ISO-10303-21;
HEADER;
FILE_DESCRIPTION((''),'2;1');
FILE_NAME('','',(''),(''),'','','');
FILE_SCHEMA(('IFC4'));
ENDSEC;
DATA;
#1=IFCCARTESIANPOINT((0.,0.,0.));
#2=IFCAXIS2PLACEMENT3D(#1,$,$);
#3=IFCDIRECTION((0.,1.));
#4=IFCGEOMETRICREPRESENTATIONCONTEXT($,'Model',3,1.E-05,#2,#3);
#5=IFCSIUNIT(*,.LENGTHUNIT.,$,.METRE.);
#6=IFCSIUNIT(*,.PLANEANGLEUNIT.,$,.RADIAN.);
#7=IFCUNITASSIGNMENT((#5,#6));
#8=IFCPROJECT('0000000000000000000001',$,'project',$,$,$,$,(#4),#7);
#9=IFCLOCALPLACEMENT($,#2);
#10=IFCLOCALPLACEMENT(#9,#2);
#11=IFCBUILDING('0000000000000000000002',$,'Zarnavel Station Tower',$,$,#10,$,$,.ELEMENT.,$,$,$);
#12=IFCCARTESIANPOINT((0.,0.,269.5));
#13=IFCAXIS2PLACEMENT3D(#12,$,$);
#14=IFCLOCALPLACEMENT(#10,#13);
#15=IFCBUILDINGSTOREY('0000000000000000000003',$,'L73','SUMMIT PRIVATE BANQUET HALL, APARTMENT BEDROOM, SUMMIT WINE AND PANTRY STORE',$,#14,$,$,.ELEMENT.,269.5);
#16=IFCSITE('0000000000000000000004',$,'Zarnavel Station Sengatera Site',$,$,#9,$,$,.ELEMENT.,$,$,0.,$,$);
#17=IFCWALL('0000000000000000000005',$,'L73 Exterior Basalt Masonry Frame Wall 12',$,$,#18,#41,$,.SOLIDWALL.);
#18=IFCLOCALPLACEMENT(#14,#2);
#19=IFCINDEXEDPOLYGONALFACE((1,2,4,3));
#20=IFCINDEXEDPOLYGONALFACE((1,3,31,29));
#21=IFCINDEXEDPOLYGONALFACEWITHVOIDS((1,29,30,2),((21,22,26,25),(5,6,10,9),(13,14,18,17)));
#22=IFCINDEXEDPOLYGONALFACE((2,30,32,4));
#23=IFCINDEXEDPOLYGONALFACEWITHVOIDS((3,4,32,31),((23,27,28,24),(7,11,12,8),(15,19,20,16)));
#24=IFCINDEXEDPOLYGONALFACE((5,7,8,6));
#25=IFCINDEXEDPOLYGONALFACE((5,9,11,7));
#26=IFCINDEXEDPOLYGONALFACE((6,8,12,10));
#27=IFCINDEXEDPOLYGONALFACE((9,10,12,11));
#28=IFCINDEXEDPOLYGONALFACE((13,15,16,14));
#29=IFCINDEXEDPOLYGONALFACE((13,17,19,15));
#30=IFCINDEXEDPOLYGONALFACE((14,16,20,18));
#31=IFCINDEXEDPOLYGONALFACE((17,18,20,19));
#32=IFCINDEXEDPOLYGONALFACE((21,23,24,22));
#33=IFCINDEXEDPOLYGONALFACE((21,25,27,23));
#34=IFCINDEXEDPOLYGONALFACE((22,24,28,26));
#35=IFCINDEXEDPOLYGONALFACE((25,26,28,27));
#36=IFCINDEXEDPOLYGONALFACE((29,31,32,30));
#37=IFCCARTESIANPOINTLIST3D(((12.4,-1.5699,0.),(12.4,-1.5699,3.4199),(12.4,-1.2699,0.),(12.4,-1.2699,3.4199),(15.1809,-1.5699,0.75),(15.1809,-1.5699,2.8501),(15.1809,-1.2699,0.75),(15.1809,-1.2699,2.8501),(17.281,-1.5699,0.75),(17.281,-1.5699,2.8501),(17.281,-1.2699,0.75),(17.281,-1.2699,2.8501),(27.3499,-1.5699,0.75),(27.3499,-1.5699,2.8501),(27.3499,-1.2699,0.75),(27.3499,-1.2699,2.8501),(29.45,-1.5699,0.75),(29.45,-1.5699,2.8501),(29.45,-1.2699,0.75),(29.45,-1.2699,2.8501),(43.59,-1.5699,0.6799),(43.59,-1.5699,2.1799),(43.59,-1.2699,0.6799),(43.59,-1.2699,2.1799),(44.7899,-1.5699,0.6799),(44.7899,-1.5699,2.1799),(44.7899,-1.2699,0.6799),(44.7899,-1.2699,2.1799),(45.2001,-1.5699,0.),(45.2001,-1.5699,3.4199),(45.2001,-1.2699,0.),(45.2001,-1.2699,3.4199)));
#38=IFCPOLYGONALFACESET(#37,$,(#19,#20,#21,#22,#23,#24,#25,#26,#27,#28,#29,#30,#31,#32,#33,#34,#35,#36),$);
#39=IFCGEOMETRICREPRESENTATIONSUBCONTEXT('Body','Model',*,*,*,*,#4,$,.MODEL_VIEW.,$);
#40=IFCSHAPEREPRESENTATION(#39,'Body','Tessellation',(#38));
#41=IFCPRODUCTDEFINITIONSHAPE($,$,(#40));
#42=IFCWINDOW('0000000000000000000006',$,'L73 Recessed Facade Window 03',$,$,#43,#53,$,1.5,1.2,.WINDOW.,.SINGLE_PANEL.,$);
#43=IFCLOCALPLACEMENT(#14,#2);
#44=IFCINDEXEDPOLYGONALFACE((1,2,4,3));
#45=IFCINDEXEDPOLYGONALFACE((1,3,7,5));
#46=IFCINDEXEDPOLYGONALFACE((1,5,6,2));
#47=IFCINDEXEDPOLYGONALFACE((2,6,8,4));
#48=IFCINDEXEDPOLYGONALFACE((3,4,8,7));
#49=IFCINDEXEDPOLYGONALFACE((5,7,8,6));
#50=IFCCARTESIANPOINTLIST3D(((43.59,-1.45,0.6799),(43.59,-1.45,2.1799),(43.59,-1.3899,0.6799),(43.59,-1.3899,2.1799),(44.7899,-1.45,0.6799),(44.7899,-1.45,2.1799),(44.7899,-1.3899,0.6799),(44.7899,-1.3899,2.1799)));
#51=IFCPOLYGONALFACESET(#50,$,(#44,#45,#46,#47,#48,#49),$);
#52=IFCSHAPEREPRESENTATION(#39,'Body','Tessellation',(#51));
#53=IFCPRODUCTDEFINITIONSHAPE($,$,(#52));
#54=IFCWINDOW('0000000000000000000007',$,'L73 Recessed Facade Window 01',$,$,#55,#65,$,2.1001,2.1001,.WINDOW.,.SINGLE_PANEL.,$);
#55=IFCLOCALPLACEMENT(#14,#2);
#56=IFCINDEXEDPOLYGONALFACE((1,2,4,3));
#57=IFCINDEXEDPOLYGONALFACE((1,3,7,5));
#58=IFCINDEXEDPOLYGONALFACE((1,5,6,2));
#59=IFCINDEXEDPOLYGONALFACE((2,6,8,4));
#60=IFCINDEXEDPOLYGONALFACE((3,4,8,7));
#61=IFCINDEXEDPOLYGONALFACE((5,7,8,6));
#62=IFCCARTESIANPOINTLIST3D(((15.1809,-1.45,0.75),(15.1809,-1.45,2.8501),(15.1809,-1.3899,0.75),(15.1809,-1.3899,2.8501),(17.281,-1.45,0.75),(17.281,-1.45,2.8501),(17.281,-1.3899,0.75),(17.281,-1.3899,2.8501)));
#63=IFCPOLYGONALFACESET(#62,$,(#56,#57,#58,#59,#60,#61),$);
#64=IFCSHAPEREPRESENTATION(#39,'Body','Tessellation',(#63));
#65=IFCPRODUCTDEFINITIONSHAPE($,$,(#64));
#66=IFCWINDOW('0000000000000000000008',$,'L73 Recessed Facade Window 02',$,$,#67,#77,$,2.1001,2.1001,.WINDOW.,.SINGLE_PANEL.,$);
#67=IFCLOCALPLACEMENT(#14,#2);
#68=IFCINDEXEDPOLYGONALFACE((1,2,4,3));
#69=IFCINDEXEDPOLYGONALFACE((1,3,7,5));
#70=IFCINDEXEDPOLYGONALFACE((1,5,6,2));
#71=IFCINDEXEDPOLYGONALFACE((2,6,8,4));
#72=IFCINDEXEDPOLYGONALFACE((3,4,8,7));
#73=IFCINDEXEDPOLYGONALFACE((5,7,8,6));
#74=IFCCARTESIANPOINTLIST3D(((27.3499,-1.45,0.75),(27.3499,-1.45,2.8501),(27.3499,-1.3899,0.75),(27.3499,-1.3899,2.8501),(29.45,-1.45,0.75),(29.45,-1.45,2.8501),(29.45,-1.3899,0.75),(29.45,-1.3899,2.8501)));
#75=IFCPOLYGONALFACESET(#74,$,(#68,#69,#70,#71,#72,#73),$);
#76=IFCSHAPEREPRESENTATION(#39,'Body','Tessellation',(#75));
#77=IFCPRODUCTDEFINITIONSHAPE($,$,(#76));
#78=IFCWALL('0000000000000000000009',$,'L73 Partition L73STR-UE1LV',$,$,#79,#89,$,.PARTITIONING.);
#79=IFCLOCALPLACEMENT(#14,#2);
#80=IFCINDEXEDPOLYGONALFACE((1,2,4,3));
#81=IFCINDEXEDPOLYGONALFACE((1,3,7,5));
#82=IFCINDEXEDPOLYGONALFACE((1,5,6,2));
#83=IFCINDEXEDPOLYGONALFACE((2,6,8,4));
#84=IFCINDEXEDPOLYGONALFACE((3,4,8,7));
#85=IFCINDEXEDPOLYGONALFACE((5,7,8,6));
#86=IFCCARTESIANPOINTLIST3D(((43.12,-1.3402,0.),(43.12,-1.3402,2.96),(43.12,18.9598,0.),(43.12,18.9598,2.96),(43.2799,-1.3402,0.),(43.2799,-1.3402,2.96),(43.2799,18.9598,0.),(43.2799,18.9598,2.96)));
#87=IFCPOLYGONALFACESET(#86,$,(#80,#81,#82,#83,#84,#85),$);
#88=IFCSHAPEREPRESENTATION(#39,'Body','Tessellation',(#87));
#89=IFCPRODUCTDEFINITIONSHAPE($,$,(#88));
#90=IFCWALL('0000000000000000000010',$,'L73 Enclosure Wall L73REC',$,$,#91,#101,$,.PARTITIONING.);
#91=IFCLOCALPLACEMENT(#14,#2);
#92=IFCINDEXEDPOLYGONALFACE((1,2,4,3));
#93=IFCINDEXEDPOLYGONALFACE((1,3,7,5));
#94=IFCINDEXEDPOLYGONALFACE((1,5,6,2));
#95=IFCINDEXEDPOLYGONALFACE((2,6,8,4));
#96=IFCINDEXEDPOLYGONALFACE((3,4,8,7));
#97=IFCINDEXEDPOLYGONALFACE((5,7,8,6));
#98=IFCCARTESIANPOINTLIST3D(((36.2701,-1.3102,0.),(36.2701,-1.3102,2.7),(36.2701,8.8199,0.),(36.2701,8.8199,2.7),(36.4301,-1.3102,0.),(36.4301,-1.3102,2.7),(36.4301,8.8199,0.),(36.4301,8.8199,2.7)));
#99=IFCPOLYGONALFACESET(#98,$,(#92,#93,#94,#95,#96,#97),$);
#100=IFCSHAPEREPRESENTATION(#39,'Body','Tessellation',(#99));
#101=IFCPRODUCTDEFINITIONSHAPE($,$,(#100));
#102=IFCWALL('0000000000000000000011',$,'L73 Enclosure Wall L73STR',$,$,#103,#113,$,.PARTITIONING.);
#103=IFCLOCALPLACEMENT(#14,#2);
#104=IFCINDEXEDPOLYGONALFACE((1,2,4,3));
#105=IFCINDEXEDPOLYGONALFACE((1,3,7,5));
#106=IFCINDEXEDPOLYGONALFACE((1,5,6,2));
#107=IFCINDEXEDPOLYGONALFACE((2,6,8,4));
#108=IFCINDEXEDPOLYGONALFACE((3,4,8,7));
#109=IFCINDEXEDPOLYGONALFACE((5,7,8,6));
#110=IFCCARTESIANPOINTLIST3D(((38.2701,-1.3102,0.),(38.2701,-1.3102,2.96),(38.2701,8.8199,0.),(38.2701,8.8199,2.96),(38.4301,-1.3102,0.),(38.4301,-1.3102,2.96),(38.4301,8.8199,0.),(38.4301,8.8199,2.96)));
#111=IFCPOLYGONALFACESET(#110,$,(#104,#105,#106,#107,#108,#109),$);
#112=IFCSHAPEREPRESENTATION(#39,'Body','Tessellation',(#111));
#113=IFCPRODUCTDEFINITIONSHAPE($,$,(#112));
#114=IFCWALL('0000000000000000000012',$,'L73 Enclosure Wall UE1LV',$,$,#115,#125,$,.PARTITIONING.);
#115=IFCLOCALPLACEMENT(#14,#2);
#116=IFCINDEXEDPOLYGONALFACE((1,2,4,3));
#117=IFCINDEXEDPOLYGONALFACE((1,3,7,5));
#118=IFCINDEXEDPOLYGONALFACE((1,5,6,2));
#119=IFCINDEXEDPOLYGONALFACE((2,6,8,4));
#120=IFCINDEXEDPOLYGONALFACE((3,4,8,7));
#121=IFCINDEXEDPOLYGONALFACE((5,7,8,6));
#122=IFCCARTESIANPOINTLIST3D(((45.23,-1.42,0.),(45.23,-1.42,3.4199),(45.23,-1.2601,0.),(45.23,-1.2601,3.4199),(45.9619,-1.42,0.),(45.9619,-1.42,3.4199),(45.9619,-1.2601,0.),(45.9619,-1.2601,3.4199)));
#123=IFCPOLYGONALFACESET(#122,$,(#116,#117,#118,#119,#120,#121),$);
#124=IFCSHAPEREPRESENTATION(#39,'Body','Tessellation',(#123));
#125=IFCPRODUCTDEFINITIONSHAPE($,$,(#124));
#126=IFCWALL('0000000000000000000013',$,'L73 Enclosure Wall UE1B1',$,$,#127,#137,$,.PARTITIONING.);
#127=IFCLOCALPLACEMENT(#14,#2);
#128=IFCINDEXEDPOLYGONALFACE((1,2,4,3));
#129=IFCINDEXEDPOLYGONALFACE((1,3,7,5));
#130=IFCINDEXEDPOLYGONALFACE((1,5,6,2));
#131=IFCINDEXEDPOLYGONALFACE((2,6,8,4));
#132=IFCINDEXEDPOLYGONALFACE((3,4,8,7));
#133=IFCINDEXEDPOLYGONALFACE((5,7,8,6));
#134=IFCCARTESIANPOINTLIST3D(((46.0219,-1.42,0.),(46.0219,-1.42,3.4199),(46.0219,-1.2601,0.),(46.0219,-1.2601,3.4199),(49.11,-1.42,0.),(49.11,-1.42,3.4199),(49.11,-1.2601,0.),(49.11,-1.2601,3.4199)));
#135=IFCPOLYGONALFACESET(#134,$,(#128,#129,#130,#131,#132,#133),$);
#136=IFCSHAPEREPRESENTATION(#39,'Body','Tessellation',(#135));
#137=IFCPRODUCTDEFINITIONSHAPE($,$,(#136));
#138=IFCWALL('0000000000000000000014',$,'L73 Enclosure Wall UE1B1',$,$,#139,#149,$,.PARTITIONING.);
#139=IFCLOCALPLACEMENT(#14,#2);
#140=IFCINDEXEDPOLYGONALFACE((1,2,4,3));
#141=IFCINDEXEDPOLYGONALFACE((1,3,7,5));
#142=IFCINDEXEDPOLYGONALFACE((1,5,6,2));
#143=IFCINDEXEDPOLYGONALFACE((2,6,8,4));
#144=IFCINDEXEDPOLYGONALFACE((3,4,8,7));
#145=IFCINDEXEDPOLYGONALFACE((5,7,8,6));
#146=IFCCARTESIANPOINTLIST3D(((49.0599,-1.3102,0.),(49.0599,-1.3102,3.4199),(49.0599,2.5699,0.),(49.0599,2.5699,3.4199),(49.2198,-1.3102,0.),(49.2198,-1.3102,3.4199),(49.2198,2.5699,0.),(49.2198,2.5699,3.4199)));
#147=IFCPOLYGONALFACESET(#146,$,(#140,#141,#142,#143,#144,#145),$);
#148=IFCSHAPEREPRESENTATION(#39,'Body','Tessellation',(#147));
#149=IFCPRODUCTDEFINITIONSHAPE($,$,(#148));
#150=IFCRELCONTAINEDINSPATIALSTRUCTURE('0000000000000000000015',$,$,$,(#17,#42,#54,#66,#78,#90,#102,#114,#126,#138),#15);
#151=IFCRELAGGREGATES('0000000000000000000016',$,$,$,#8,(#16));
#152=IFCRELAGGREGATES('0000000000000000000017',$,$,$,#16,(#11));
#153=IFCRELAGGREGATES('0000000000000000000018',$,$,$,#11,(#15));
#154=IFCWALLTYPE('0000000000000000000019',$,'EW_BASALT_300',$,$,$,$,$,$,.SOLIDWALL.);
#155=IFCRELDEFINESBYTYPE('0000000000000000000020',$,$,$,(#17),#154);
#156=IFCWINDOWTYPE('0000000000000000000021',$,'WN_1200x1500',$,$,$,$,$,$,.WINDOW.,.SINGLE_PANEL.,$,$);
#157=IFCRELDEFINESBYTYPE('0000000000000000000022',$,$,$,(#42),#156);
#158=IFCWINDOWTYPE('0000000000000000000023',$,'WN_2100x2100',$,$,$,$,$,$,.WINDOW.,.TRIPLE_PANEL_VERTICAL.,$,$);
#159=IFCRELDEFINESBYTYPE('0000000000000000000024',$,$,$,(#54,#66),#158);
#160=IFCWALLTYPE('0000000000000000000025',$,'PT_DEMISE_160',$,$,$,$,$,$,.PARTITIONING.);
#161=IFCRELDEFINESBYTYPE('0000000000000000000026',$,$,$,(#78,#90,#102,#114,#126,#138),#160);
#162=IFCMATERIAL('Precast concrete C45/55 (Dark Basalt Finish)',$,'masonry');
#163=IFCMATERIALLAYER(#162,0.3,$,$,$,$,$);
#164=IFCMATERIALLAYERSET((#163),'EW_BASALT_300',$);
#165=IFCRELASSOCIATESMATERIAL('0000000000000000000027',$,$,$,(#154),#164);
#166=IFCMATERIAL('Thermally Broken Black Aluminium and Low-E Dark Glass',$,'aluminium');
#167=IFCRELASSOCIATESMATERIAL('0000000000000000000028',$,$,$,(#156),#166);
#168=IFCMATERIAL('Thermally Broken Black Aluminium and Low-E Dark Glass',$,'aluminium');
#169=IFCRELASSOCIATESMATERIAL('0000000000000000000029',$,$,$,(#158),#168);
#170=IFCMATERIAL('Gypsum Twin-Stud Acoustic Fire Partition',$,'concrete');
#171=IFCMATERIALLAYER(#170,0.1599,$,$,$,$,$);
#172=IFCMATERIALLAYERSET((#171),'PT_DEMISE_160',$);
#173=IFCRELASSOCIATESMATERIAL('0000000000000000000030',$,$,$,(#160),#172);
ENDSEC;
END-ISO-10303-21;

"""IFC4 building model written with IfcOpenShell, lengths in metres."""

from ifc_helpers import new_model, si_unit, direction, frame, frame_2d, origin, place, context, subcontext, project, spatial, rectangle, extrude, material, layer, layer_set, type_object, element, fill, save


model = new_model("IFC4")

# Units and contexts
model_context = context("Model", 3, precision=1e-05, world=origin(), true_north=direction((0.0, 1.0)))
body_context = subcontext(model_context, "Body", "Model", "MODEL_VIEW")
ifc_project = project(units=[si_unit("LENGTHUNIT", "METRE"), si_unit("PLANEANGLEUNIT", "RADIAN")], contexts=[model_context])

# Site, building, storey
site_placement = place(None, origin())
site = spatial("IfcSite", under=ifc_project, at=site_placement, Name="Zarnavel Station Sengatera Site", CompositionType="ELEMENT", RefElevation=0.0)
building_placement = place(site_placement, origin())
building = spatial("IfcBuilding", under=site, at=building_placement, Name="Zarnavel Station Tower", CompositionType="ELEMENT")
storey_placement = place(building_placement, frame((0.0, 0.0, 269.5)))
storey = spatial("IfcBuildingStorey", under=building, at=storey_placement, Name="L73", Description="SUMMIT PRIVATE BANQUET HALL, APARTMENT BEDROOM, SUMMIT WINE AND PANTRY STORE", CompositionType="ELEMENT", Elevation=269.5)

# Shared definitions
ifc_material_1 = material(Name="Precast concrete C45/55 (Dark Basalt Finish)", Category="masonry")
ifc_layer_1 = layer(ifc_material_1, 0.3)
ifc_layer_set_1 = layer_set([ifc_layer_1], Name="EW_BASALT_300")
wall_type_1 = type_object("IfcWallType", Name="EW_BASALT_300", PredefinedType="SOLIDWALL", material=ifc_layer_set_1)
ifc_material_2 = material(Name="Thermally Broken Black Aluminium and Low-E Dark Glass", Category="aluminium")
window_type_1 = type_object("IfcWindowType", Name="WN_1200x1500", PartitioningType="SINGLE_PANEL", PredefinedType="WINDOW", material=ifc_material_2)

# Wall, openings, windows
wall_1_placement = place(storey_placement, frame((45.2, -1.4199, 0.0), z_axis=(0.0, 0.0, 1.0), x_axis=(-1.0, 0.0, 0.0)))
wall_1 = element("IfcWall", 1, at=wall_1_placement, inside=storey, type_object=wall_type_1, Name="L73 Exterior Basalt Masonry Frame Wall 12", PredefinedType="SOLIDWALL", context=body_context, shape_type="SweptSolid", body=[
    extrude(rectangle(XDim=32.8, YDim=0.3, at=frame_2d((16.3999, 0.0))), origin(), (0.0, 0.0, 1.0), 3.4199),
])
opening_1_placement = place(wall_1_placement, frame((27.9189, 0.0, 0.75)))
opening_1 = element("IfcOpeningElement", 2, at=opening_1_placement, cuts=wall_1, PredefinedType="OPENING", context=body_context, shape_type="SweptSolid", body=[
    extrude(rectangle(XDim=2.1001, YDim=2.1001, at=frame_2d((1.05, 1.05))), frame((0.0, 0.1599, 0.0), z_axis=(0.0, -1.0, 0.0), x_axis=(1.0, 0.0, 0.0)), (0.0, 0.0, 1.0), 0.3201),
])
opening_2_placement = place(wall_1_placement, frame((15.75, 0.0, 0.75)))
opening_2 = element("IfcOpeningElement", 3, at=opening_2_placement, cuts=wall_1, PredefinedType="OPENING", context=body_context, shape_type="SweptSolid", body=[
    extrude(rectangle(XDim=2.1001, YDim=2.1001, at=frame_2d((1.05, 1.05))), frame((0.0, 0.1599, 0.0), z_axis=(0.0, -1.0, 0.0), x_axis=(1.0, 0.0, 0.0)), (0.0, 0.0, 1.0), 0.3201),
])
opening_3_placement = place(wall_1_placement, frame((0.4099, 0.0, 0.6799)))
opening_3 = element("IfcOpeningElement", 4, at=opening_3_placement, cuts=wall_1, PredefinedType="OPENING", context=body_context, shape_type="SweptSolid", body=[
    extrude(rectangle(XDim=1.2, YDim=1.5, at=frame_2d((0.6001, 0.75))), frame((0.0, 0.1599, 0.0), z_axis=(0.0, -1.0, 0.0), x_axis=(1.0, 0.0, 0.0)), (0.0, 0.0, 1.0), 0.3201),
])
window_1_placement = place(opening_3_placement, origin())
window_1 = element("IfcWindow", 5, at=window_1_placement, inside=storey, type_object=window_type_1, Name="L73 Recessed Facade Window 03", OverallHeight=1.5, OverallWidth=1.2, PartitioningType="SINGLE_PANEL", PredefinedType="WINDOW", context=body_context, shape_type="SweptSolid", body=[
    extrude(rectangle(XDim=1.2, YDim=1.5, at=frame_2d((0.6001, 0.75))), frame((0.0, 0.03, 0.0), z_axis=(0.0, -1.0, 0.0), x_axis=(1.0, 0.0, 0.0)), (0.0, 0.0, 1.0), 0.0601),
])
fill(opening_3, window_1)
ifc_material_3 = material(Name="Thermally Broken Black Aluminium and Low-E Dark Glass", Category="aluminium")
window_type_2 = type_object("IfcWindowType", Name="WN_2100x2100", PartitioningType="TRIPLE_PANEL_VERTICAL", PredefinedType="WINDOW", material=ifc_material_3)
window_2_placement = place(opening_1_placement, origin())
window_2 = element("IfcWindow", 6, at=window_2_placement, inside=storey, type_object=window_type_2, Name="L73 Recessed Facade Window 01", OverallHeight=2.1001, OverallWidth=2.1001, PartitioningType="SINGLE_PANEL", PredefinedType="WINDOW", context=body_context, shape_type="SweptSolid", body=[
    extrude(rectangle(XDim=2.1001, YDim=2.1001, at=frame_2d((1.05, 1.05))), frame((0.0, 0.03, 0.0), z_axis=(0.0, -1.0, 0.0), x_axis=(1.0, 0.0, 0.0)), (0.0, 0.0, 1.0), 0.0601),
])
fill(opening_1, window_2)
window_3_placement = place(opening_2_placement, origin())
window_3 = element("IfcWindow", 7, at=window_3_placement, inside=storey, type_object=window_type_2, Name="L73 Recessed Facade Window 02", OverallHeight=2.1001, OverallWidth=2.1001, PartitioningType="SINGLE_PANEL", PredefinedType="WINDOW", context=body_context, shape_type="SweptSolid", body=[
    extrude(rectangle(XDim=2.1001, YDim=2.1001, at=frame_2d((1.05, 1.05))), frame((0.0, 0.03, 0.0), z_axis=(0.0, -1.0, 0.0), x_axis=(1.0, 0.0, 0.0)), (0.0, 0.0, 1.0), 0.0601),
])
fill(opening_2, window_3)

# Walls
ifc_material_4 = material(Name="Gypsum Twin-Stud Acoustic Fire Partition", Category="concrete")
ifc_layer_2 = layer(ifc_material_4, 0.1599)
ifc_layer_set_2 = layer_set([ifc_layer_2], Name="PT_DEMISE_160")
wall_type_2 = type_object("IfcWallType", Name="PT_DEMISE_160", PredefinedType="PARTITIONING", material=ifc_layer_set_2)
wall_2_placement = place(storey_placement, frame((43.2, -1.3401, 0.0), z_axis=(0.0, 0.0, 1.0), x_axis=(0.0, 1.0, 0.0)))
element("IfcWall", 8, at=wall_2_placement, inside=storey, type_object=wall_type_2, Name="L73 Partition L73STR-UE1LV", PredefinedType="PARTITIONING", context=body_context, shape_type="SweptSolid", body=[
    extrude(rectangle(XDim=20.3, YDim=0.1599, at=frame_2d((10.1499, 0.0))), origin(), (0.0, 0.0, 1.0), 2.96),
])
wall_3_placement = place(storey_placement, frame((36.3501, -1.3101, 0.0), z_axis=(0.0, 0.0, 1.0), x_axis=(0.0, 1.0, 0.0)))
element("IfcWall", 9, at=wall_3_placement, inside=storey, type_object=wall_type_2, Name="L73 Enclosure Wall L73REC", PredefinedType="PARTITIONING", context=body_context, shape_type="SweptSolid", body=[
    extrude(rectangle(XDim=10.1301, YDim=0.1599, at=frame_2d((5.0649, 0.0))), origin(), (0.0, 0.0, 1.0), 2.7),
])
wall_4_placement = place(storey_placement, frame((38.3501, -1.3101, 0.0), z_axis=(0.0, 0.0, 1.0), x_axis=(0.0, 1.0, 0.0)))
element("IfcWall", 10, at=wall_4_placement, inside=storey, type_object=wall_type_2, Name="L73 Enclosure Wall L73STR", PredefinedType="PARTITIONING", context=body_context, shape_type="SweptSolid", body=[
    extrude(rectangle(XDim=10.1301, YDim=0.1599, at=frame_2d((5.0649, 0.0))), origin(), (0.0, 0.0, 1.0), 2.96),
])
wall_5_placement = place(storey_placement, frame((45.23, -1.3401, 0.0), z_axis=(0.0, 0.0, 1.0), x_axis=(1.0, 0.0, 0.0)))
element("IfcWall", 11, at=wall_5_placement, inside=storey, type_object=wall_type_2, Name="L73 Enclosure Wall UE1LV", PredefinedType="PARTITIONING", context=body_context, shape_type="SweptSolid", body=[
    extrude(rectangle(XDim=0.7319, YDim=0.1599, at=frame_2d((0.366, 0.0))), origin(), (0.0, 0.0, 1.0), 3.4199),
])
wall_6_placement = place(storey_placement, frame((46.022, -1.3401, 0.0), z_axis=(0.0, 0.0, 1.0), x_axis=(1.0, 0.0, 0.0)))
element("IfcWall", 12, at=wall_6_placement, inside=storey, type_object=wall_type_2, Name="L73 Enclosure Wall UE1B1", PredefinedType="PARTITIONING", context=body_context, shape_type="SweptSolid", body=[
    extrude(rectangle(XDim=3.0881, YDim=0.1599, at=frame_2d((1.5439, 0.0))), origin(), (0.0, 0.0, 1.0), 3.4199),
])
wall_7_placement = place(storey_placement, frame((49.1399, -1.3101, 0.0), z_axis=(0.0, 0.0, 1.0), x_axis=(0.0, 1.0, 0.0)))
element("IfcWall", 13, at=wall_7_placement, inside=storey, type_object=wall_type_2, Name="L73 Enclosure Wall UE1B1", PredefinedType="PARTITIONING", context=body_context, shape_type="SweptSolid", body=[
    extrude(rectangle(XDim=3.8801, YDim=0.1599, at=frame_2d((1.9399, 0.0))), origin(), (0.0, 0.0, 1.0), 3.4199),
])

save(model, "model.ifc")
